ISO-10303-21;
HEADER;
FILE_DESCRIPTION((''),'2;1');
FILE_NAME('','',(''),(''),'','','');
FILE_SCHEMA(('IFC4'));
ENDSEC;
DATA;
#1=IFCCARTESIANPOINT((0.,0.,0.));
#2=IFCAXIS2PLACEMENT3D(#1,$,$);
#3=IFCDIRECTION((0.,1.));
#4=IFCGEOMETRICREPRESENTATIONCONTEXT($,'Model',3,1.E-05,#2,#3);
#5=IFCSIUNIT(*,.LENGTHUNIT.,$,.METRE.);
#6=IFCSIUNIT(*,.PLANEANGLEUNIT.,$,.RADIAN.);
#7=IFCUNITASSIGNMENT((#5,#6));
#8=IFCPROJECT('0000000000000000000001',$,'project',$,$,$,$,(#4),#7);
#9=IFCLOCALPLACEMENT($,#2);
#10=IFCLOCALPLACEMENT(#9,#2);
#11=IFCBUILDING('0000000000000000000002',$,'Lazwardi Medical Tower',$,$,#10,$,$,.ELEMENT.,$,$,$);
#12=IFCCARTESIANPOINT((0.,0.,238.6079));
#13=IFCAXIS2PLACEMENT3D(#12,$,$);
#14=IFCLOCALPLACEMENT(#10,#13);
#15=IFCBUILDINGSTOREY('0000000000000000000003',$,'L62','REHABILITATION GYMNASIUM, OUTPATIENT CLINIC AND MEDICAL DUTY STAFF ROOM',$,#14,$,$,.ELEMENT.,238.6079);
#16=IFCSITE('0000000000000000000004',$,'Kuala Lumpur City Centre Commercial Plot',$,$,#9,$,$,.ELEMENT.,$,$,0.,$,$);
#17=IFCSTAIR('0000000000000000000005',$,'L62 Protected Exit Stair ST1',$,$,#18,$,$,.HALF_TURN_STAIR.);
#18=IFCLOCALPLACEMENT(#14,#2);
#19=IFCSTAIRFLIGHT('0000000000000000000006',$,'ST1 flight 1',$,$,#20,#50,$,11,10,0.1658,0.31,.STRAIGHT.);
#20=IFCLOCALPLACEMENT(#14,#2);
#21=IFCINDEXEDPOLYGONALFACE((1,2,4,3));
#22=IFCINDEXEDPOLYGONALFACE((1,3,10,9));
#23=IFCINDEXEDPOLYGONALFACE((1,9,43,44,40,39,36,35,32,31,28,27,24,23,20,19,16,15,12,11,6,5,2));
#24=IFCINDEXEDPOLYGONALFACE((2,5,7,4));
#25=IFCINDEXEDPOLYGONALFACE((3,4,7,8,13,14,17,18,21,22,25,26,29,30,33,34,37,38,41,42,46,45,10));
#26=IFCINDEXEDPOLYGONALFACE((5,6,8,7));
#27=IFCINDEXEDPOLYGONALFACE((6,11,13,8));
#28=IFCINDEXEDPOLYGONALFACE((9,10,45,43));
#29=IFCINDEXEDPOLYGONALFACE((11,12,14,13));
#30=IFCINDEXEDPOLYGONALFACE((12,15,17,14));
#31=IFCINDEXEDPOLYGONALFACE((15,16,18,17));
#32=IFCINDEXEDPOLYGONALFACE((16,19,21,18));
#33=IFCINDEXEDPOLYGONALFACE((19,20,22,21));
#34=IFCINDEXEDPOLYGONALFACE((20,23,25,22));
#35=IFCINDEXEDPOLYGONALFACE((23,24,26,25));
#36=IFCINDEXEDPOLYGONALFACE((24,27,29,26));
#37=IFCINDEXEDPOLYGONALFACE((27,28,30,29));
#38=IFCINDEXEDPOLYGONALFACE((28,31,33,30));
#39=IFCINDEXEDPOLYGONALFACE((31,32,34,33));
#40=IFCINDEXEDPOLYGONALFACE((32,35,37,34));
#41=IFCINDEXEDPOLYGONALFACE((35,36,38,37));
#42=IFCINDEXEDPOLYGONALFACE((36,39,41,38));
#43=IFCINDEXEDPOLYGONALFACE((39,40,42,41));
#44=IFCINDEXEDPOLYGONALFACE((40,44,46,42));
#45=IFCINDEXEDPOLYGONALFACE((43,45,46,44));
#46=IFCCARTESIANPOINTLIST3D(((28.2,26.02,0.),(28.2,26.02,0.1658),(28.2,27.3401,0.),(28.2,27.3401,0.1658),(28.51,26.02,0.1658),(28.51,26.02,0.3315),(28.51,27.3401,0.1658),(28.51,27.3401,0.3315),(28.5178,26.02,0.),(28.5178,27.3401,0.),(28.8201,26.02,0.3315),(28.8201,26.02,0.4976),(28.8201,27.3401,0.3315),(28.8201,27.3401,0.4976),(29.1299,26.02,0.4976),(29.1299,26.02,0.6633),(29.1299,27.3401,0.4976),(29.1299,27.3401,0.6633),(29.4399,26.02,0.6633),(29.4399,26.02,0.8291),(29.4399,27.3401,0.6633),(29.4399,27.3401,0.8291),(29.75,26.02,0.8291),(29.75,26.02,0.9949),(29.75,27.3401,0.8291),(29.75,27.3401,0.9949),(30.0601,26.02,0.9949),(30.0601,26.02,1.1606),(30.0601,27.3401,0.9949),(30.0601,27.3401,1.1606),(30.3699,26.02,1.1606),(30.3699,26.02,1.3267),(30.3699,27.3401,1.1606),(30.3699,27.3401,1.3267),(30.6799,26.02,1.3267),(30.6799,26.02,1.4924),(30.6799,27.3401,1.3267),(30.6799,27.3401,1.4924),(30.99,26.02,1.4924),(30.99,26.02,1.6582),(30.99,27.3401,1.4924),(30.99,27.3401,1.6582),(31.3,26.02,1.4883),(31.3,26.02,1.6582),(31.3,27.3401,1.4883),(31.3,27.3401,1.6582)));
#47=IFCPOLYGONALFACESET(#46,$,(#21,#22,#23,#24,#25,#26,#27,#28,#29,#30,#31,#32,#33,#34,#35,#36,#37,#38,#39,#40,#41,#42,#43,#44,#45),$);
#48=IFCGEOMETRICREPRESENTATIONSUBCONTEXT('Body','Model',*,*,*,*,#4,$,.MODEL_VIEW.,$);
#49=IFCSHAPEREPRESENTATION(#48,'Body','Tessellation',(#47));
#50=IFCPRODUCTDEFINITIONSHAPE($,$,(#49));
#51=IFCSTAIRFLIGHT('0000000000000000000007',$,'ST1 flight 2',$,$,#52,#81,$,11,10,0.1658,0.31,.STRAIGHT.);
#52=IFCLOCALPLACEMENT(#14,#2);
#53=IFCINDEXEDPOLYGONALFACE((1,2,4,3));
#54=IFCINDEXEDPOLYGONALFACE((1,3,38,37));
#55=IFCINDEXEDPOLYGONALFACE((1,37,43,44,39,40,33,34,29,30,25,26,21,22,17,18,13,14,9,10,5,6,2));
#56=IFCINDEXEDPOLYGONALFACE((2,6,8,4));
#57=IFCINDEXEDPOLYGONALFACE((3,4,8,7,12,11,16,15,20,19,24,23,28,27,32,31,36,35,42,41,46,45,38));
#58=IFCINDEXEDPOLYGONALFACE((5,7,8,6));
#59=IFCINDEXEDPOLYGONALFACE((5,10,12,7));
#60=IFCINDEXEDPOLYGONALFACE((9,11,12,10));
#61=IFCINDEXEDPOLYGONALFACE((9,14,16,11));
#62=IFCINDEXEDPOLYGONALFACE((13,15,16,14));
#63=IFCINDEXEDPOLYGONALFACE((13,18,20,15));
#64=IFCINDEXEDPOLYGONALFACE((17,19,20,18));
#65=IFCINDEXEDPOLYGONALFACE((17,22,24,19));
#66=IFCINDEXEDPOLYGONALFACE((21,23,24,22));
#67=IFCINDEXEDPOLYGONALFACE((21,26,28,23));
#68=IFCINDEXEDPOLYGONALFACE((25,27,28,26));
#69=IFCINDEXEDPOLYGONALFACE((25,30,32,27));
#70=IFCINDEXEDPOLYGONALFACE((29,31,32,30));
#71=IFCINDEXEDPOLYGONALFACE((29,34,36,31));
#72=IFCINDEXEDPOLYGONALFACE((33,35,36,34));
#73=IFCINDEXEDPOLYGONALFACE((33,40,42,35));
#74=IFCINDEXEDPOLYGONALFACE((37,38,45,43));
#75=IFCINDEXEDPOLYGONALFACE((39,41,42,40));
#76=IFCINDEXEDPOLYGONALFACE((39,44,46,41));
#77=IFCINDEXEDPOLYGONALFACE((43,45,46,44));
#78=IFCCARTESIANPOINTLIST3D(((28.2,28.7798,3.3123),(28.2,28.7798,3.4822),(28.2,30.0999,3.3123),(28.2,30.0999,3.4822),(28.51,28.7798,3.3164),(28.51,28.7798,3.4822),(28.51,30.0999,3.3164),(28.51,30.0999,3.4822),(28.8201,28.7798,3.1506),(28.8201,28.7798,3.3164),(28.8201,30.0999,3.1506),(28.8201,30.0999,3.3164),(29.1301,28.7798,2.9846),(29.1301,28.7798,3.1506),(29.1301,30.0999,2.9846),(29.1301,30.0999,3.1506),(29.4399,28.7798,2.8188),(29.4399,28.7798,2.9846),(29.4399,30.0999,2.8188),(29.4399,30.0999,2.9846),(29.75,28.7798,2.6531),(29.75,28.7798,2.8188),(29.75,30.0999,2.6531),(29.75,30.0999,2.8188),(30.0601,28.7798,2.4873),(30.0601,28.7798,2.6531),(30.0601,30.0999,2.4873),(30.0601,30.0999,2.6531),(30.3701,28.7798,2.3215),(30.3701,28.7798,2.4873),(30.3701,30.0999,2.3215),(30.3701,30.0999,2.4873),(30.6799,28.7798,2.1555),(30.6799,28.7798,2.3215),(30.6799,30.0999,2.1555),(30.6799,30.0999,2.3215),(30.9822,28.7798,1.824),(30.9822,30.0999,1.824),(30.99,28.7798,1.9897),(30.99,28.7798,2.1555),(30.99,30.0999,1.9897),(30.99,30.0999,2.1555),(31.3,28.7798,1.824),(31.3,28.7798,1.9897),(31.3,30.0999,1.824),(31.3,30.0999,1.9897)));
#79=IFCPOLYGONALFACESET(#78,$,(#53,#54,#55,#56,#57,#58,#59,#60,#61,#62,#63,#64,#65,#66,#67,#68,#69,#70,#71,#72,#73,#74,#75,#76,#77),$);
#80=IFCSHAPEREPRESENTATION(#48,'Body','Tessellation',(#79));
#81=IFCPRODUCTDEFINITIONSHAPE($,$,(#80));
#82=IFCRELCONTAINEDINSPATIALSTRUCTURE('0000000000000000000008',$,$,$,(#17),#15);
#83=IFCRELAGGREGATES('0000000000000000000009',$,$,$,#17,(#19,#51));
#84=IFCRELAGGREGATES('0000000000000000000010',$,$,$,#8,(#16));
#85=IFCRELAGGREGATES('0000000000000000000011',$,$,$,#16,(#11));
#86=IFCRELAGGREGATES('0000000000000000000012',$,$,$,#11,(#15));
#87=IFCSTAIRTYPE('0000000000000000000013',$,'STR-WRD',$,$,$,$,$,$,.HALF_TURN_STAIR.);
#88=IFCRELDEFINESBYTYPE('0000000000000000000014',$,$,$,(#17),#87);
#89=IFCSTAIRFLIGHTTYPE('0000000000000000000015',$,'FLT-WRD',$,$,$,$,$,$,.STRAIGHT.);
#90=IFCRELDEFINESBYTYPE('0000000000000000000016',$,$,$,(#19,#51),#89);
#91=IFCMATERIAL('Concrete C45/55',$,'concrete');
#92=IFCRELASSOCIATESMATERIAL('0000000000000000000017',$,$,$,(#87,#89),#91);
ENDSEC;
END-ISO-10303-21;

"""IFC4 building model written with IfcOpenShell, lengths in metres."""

from ifc_helpers import new_model, si_unit, direction, frame, origin, place, context, subcontext, project, spatial, polyline, outline, extrude, material, type_object, element, aggregate, save


model = new_model("IFC4")

# Units and contexts
model_context = context("Model", 3, precision=1e-05, world=origin(), true_north=direction((0.0, 1.0)))
body_context = subcontext(model_context, "Body", "Model", "MODEL_VIEW")
ifc_project = project(units=[si_unit("LENGTHUNIT", "METRE"), si_unit("PLANEANGLEUNIT", "RADIAN")], contexts=[model_context])

# Site, building, storey
site_placement = place(None, origin())
site = spatial("IfcSite", under=ifc_project, at=site_placement, Name="Kuala Lumpur City Centre Commercial Plot", CompositionType="ELEMENT", RefElevation=0.0)
building_placement = place(site_placement, origin())
building = spatial("IfcBuilding", under=site, at=building_placement, Name="Lazwardi Medical Tower", CompositionType="ELEMENT")
storey_placement = place(building_placement, frame((0.0, 0.0, 238.6079)))
storey = spatial("IfcBuildingStorey", under=building, at=storey_placement, Name="L62", Description="REHABILITATION GYMNASIUM, OUTPATIENT CLINIC AND MEDICAL DUTY STAFF ROOM", CompositionType="ELEMENT", Elevation=238.6079)

# Stair, stair flights
ifc_material_1 = material(Name="Concrete C45/55", Category="concrete")
stair_type = type_object("IfcStairType", Name="STR-WRD", PredefinedType="HALF_TURN_STAIR", material=ifc_material_1)
stair_placement = place(storey_placement, origin())
stair = element("IfcStair", 1, at=stair_placement, inside=storey, type_object=stair_type, Name="L62 Protected Exit Stair ST1", PredefinedType="HALF_TURN_STAIR")
stair_flight_type = type_object("IfcStairFlightType", Name="FLT-WRD", PredefinedType="STRAIGHT", material=ifc_material_1)
stair_flight_1_placement = place(storey_placement, frame((28.2, 26.6799, 0.0), z_axis=(0.0, 0.0, 1.0), x_axis=(1.0, 0.0, 0.0)))
stair_flight_1 = element("IfcStairFlight", 2, at=stair_flight_1_placement, type_object=stair_flight_type, Name="ST1 flight 1", NumberOfRisers=11, NumberOfTreads=10, PredefinedType="STRAIGHT", RiserHeight=0.1658, TreadLength=0.31, context=body_context, shape_type="SweptSolid", body=[
    extrude(outline(polyline([(0.0, 0.0), (0.0, 0.1658), (0.3101, 0.1658), (0.3101, 0.3315), (0.6201, 0.3315), (0.6201, 0.4976), (0.9299, 0.4976), (0.9299, 0.6633), (1.24, 0.6633), (1.24, 0.8291), (1.55, 0.8291), (1.55, 0.9949), (1.8601, 0.9949), (1.8601, 1.1606), (2.1699, 1.1606), (2.1699, 1.3267), (2.48, 1.3267), (2.48, 1.4924), (2.79, 1.4924), (2.79, 1.6582), (3.1001, 1.6582), (3.1001, 1.824), (3.1001, 1.4883), (0.3179, 0.0), (0.0, 0.0)])), frame((0.0, 0.6602, 0.0), z_axis=(0.0, -1.0, 0.0), x_axis=(1.0, 0.0, 0.0)), (0.0, 0.0, 1.0), 1.3201),
])
stair_flight_2_placement = place(storey_placement, frame((31.3, 29.4399, 1.824), z_axis=(0.0, 0.0, 1.0), x_axis=(-1.0, 0.0, 0.0)))
stair_flight_2 = element("IfcStairFlight", 3, at=stair_flight_2_placement, type_object=stair_flight_type, Name="ST1 flight 2", NumberOfRisers=11, NumberOfTreads=10, PredefinedType="STRAIGHT", RiserHeight=0.1658, TreadLength=0.31, context=body_context, shape_type="SweptSolid", body=[
    extrude(outline(polyline([(0.0, 0.0), (0.0, 0.1658), (0.3101, 0.1658), (0.3101, 0.3315), (0.6201, 0.3315), (0.6201, 0.4976), (0.9299, 0.4976), (0.9299, 0.6633), (1.24, 0.6633), (1.24, 0.8291), (1.55, 0.8291), (1.55, 0.9949), (1.8601, 0.9949), (1.8601, 1.1606), (2.1699, 1.1606), (2.1699, 1.3267), (2.48, 1.3267), (2.48, 1.4924), (2.79, 1.4924), (2.79, 1.6582), (3.1001, 1.6582), (3.1001, 1.824), (3.1001, 1.4883), (0.3179, 0.0), (0.0, 0.0)])), frame((0.0, 0.6602, 0.0), z_axis=(0.0, -1.0, 0.0), x_axis=(1.0, 0.0, 0.0)), (0.0, 0.0, 1.0), 1.3201),
])
aggregate(stair, [stair_flight_1, stair_flight_2])

save(model, "model.ifc")
